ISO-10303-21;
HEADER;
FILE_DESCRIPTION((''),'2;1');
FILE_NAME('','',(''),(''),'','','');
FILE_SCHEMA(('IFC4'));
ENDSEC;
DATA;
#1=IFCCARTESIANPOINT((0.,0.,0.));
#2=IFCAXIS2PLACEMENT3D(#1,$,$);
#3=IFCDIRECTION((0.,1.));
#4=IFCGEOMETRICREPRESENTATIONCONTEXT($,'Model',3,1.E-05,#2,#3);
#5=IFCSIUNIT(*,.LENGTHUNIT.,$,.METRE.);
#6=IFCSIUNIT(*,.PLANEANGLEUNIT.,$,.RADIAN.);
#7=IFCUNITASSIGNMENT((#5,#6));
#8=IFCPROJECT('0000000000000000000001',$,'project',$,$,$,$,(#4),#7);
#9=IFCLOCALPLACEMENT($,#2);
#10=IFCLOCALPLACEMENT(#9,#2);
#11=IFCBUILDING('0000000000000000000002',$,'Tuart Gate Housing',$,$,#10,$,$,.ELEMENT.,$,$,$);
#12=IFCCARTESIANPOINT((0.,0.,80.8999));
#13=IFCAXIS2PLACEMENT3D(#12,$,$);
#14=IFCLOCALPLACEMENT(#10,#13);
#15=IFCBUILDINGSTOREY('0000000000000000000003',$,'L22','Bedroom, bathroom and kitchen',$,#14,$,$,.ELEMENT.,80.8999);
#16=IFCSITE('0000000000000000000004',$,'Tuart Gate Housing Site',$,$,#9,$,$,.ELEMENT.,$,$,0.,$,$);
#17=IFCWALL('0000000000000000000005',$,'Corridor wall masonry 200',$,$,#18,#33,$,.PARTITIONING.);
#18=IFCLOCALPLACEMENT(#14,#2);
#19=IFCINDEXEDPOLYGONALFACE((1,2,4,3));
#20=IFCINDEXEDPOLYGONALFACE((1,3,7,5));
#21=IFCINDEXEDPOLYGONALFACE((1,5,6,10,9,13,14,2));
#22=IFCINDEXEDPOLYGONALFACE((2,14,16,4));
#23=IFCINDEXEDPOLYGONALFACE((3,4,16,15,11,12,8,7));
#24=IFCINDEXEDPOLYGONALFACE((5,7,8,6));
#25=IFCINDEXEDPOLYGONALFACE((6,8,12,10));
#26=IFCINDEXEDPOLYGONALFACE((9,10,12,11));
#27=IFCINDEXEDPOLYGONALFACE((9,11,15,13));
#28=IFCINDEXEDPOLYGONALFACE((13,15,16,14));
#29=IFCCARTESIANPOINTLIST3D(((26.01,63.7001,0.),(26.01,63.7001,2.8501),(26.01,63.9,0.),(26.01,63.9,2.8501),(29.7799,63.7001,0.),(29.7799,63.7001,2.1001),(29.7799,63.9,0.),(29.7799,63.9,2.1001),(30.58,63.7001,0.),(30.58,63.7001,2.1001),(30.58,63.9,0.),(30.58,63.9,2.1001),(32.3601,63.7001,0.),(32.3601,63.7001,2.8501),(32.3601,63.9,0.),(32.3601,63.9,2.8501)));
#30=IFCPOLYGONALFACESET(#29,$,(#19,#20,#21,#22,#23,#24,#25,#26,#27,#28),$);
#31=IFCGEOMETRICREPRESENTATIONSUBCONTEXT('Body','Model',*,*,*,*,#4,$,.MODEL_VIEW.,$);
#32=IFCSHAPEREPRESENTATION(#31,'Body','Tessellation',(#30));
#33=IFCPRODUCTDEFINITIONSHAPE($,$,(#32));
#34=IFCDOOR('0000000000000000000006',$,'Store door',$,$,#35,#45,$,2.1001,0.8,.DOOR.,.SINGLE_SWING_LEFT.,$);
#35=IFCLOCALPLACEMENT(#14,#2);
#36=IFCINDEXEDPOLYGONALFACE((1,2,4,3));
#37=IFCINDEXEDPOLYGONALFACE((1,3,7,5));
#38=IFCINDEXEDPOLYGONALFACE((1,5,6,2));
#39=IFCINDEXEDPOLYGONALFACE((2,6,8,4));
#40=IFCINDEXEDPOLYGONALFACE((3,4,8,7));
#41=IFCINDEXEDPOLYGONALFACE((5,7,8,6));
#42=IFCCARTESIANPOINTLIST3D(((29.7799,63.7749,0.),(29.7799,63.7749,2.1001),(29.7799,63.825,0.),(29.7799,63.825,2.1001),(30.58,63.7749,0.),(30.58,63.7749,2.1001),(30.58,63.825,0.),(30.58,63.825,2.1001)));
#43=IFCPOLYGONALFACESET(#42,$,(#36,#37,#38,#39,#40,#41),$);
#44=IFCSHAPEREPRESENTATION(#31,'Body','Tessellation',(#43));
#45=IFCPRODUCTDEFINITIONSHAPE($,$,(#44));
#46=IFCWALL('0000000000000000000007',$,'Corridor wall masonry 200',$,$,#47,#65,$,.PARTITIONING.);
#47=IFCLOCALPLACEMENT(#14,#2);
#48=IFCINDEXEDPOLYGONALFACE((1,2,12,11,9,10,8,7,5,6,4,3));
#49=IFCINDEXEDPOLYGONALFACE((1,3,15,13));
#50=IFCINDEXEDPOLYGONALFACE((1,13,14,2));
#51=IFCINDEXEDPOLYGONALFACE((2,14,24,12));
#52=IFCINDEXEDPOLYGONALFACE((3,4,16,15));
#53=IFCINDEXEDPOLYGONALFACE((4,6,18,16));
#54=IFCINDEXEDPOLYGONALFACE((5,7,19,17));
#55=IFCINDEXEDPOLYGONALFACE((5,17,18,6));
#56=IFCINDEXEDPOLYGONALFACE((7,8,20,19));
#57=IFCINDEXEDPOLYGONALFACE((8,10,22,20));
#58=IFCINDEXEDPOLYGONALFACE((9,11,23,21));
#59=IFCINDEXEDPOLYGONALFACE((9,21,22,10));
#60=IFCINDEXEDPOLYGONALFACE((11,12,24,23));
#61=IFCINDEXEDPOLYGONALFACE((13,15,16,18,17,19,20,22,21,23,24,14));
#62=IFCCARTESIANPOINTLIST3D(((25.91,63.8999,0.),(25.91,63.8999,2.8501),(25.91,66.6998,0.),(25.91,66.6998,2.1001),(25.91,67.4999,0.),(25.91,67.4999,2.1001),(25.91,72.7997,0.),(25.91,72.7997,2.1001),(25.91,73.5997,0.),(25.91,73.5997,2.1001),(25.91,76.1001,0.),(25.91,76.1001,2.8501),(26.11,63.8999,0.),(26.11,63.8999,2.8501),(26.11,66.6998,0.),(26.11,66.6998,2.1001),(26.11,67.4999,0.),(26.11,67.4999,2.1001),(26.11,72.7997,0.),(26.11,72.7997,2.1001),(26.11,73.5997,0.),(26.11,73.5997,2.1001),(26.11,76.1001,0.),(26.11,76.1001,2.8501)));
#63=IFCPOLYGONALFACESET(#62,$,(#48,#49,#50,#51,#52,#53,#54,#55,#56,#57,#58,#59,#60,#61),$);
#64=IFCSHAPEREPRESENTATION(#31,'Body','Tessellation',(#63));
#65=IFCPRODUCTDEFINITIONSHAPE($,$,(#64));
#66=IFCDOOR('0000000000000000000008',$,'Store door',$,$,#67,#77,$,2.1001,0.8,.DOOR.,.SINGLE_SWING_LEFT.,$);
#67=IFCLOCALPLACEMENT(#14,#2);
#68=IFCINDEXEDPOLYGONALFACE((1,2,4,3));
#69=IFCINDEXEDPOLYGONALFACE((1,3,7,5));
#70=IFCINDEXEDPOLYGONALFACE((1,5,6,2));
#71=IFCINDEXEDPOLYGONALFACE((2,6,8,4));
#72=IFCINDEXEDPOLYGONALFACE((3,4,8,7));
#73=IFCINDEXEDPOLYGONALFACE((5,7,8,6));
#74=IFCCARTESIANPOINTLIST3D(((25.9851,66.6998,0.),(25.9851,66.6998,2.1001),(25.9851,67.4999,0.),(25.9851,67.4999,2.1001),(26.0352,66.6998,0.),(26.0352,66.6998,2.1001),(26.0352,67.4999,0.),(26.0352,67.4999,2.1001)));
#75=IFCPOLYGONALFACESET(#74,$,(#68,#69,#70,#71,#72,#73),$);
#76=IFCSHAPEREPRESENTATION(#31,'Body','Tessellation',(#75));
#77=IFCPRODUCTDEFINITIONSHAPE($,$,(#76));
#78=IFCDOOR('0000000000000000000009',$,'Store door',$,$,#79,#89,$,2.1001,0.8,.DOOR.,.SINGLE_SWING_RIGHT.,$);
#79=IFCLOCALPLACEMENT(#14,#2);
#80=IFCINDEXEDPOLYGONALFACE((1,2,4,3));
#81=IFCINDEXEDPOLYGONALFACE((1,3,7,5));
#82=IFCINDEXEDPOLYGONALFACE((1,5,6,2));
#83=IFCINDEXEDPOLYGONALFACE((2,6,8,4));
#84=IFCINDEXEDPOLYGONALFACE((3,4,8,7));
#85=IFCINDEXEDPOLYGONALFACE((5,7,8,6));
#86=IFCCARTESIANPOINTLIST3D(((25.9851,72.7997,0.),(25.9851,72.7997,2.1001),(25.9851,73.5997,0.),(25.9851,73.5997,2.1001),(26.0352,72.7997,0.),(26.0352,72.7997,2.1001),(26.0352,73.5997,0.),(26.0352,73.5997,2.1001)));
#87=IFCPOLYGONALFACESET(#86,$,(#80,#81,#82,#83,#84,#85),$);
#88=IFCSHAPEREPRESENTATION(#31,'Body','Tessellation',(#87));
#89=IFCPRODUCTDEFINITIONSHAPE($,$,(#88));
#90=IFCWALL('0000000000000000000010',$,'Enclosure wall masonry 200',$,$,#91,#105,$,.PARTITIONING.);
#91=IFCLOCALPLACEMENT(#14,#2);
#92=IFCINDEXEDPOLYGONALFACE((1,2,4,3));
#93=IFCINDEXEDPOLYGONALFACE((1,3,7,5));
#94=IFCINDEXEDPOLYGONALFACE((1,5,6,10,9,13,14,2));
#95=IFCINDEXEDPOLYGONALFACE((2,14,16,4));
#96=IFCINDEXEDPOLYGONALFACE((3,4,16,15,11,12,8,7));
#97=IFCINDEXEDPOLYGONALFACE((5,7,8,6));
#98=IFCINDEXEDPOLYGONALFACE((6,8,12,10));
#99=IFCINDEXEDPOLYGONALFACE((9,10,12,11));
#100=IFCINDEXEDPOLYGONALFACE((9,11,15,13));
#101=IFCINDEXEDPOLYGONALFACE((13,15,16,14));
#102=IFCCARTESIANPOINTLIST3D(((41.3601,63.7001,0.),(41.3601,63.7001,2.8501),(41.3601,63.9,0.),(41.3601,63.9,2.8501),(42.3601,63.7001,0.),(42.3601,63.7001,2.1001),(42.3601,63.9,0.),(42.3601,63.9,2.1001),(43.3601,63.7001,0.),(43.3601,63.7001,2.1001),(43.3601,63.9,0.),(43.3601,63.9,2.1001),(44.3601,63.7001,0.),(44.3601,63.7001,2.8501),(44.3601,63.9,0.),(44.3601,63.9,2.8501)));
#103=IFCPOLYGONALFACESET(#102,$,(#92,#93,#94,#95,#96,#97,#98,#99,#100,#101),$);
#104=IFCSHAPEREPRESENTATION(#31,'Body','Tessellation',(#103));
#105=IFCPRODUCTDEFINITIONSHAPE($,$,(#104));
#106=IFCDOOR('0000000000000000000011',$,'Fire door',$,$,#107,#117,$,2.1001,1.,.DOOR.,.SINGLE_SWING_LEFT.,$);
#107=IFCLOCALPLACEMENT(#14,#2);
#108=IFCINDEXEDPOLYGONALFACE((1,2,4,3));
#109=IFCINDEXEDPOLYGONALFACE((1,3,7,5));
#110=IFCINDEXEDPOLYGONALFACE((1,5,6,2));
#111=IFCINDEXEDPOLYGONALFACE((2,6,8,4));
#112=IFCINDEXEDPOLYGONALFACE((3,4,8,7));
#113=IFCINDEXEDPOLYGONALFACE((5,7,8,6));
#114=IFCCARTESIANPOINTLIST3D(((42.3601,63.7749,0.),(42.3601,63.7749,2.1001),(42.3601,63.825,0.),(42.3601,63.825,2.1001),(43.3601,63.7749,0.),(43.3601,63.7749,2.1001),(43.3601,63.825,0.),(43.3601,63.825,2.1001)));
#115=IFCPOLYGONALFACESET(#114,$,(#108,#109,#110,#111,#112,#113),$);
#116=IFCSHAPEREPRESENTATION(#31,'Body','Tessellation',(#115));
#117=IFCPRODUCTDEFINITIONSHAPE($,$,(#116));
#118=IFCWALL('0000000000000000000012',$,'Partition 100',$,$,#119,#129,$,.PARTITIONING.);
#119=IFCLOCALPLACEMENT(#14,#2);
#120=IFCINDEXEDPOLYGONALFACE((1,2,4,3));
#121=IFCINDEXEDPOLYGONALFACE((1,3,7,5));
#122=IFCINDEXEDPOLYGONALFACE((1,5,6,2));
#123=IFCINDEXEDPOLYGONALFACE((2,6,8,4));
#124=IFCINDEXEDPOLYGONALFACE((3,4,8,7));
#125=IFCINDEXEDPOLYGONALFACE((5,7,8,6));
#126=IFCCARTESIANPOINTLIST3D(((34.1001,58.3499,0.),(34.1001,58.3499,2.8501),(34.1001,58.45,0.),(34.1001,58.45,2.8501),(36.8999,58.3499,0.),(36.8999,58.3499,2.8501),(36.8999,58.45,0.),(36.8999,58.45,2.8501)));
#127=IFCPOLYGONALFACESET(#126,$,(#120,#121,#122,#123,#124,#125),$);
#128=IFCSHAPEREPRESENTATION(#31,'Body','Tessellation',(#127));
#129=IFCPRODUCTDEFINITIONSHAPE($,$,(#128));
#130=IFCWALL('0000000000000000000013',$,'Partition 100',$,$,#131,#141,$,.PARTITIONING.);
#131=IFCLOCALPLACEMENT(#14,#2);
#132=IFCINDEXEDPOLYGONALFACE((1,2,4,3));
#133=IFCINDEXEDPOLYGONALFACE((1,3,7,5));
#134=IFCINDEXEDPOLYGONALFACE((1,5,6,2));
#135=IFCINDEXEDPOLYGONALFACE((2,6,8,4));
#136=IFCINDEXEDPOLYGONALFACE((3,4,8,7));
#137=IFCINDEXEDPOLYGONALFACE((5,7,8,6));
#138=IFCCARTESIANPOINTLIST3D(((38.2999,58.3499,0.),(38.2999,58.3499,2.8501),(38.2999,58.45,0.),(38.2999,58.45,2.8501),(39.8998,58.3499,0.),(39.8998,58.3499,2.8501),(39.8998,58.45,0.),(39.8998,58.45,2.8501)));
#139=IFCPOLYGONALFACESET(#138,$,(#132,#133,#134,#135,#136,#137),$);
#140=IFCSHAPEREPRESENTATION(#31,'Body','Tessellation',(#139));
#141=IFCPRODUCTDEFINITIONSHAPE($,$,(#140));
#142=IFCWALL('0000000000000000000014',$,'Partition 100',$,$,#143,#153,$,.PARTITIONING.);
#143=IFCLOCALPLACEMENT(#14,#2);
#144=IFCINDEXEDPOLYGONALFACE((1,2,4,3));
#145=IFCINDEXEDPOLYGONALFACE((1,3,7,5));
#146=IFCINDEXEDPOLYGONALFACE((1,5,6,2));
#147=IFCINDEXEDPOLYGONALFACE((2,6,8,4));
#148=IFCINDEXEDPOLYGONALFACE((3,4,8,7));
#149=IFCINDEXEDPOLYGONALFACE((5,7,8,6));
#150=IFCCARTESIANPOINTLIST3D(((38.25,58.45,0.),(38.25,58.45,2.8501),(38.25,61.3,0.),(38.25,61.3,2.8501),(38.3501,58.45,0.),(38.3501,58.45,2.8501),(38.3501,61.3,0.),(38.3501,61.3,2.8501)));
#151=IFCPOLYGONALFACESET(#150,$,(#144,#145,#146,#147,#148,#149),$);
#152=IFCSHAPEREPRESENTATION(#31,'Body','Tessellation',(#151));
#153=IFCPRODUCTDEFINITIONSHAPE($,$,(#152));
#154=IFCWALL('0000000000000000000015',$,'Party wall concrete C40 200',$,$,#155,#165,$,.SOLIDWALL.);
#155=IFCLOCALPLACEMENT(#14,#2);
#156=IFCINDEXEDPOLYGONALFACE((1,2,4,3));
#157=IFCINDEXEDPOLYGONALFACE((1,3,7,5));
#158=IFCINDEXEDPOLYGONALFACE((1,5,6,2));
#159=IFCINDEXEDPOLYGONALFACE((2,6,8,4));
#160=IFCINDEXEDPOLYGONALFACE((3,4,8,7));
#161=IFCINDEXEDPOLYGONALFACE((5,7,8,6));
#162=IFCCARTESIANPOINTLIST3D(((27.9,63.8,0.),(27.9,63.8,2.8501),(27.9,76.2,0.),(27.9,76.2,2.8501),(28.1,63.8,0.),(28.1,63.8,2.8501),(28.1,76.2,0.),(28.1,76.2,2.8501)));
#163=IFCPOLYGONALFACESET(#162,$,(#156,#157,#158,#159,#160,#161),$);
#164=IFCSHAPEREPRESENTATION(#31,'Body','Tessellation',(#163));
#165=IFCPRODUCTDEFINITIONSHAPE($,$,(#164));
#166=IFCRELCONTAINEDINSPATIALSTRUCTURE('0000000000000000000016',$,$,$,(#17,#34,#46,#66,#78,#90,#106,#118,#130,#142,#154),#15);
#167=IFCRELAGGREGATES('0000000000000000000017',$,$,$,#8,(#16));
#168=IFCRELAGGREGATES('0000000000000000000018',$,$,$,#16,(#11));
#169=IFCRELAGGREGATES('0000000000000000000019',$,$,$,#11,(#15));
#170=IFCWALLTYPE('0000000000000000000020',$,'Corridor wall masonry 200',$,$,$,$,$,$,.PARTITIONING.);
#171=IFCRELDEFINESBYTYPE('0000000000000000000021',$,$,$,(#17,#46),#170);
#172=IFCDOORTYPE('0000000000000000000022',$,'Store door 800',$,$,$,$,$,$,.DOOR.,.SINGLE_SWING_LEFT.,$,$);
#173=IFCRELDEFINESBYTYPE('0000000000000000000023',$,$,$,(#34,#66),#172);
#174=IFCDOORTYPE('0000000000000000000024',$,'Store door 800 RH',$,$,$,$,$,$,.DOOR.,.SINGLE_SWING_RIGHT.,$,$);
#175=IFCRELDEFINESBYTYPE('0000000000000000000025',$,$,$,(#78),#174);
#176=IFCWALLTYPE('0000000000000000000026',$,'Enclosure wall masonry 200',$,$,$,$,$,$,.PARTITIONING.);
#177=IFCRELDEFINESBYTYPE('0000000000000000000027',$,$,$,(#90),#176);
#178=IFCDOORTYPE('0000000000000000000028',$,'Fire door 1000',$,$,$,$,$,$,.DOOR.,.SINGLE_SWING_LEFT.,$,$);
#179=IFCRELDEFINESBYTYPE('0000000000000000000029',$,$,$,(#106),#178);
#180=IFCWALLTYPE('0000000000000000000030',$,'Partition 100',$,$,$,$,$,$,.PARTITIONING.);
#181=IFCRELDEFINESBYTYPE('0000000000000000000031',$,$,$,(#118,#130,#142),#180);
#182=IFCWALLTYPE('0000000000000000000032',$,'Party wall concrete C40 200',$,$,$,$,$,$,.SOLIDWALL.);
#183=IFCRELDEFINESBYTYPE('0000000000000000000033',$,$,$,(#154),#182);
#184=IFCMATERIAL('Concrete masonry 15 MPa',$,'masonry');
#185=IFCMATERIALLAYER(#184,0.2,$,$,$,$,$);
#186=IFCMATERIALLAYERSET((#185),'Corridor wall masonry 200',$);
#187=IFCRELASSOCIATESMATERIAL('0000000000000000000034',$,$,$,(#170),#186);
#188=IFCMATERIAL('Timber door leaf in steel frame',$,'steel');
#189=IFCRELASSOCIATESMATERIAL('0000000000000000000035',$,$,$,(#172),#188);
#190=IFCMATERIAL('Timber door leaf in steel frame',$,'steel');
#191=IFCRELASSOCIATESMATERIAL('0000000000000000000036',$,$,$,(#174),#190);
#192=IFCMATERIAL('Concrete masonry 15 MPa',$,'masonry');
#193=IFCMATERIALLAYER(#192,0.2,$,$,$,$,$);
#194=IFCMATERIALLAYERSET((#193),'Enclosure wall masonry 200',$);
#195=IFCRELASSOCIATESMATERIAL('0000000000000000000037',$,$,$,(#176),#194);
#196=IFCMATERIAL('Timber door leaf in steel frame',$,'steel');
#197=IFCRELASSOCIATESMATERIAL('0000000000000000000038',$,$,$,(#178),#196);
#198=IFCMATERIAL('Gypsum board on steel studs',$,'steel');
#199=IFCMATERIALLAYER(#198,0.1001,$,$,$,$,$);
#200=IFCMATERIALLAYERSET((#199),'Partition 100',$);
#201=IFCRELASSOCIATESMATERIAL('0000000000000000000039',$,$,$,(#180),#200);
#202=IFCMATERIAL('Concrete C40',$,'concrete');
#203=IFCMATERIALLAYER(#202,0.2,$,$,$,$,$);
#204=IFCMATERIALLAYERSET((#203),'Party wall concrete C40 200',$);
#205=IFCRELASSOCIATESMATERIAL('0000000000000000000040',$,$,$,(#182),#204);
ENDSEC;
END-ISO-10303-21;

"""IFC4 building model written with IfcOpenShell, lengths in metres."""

from ifc_helpers import new_model, si_unit, direction, frame, frame_2d, origin, place, context, subcontext, project, spatial, rectangle, extrude, material, layer, layer_set, type_object, element, fill, save


model = new_model("IFC4")

# Units and contexts
model_context = context("Model", 3, precision=1e-05, world=origin(), true_north=direction((0.0, 1.0)))
body_context = subcontext(model_context, "Body", "Model", "MODEL_VIEW")
ifc_project = project(units=[si_unit("LENGTHUNIT", "METRE"), si_unit("PLANEANGLEUNIT", "RADIAN")], contexts=[model_context])

# Site, building, storey
site_placement = place(None, origin())
site = spatial("IfcSite", under=ifc_project, at=site_placement, Name="Tuart Gate Housing Site", CompositionType="ELEMENT", RefElevation=0.0)
building_placement = place(site_placement, origin())
building = spatial("IfcBuilding", under=site, at=building_placement, Name="Tuart Gate Housing", CompositionType="ELEMENT")
storey_placement = place(building_placement, frame((0.0, 0.0, 80.8999)))
storey = spatial("IfcBuildingStorey", under=building, at=storey_placement, Name="L22", Description="Bedroom, bathroom and kitchen", CompositionType="ELEMENT", Elevation=80.8999)

# Shared definitions
ifc_material_1 = material(Name="Concrete masonry 15 MPa", Category="masonry")
ifc_layer_1 = layer(ifc_material_1, 0.2)
ifc_layer_set_1 = layer_set([ifc_layer_1], Name="Corridor wall masonry 200")
wall_type_1 = type_object("IfcWallType", Name="Corridor wall masonry 200", PredefinedType="PARTITIONING", material=ifc_layer_set_1)

# Wall, opening, door
wall_1_placement = place(storey_placement, frame((26.01, 63.8, 0.0), z_axis=(0.0, 0.0, 1.0), x_axis=(1.0, 0.0, 0.0)))
wall_1 = element("IfcWall", 1, at=wall_1_placement, inside=storey, type_object=wall_type_1, Name="Corridor wall masonry 200", PredefinedType="PARTITIONING", context=body_context, shape_type="SweptSolid", body=[
    extrude(rectangle(XDim=6.3501, YDim=0.2, at=frame_2d((3.175, 0.0))), origin(), (0.0, 0.0, 1.0), 2.8501),
])
opening_1_placement = place(wall_1_placement, frame((3.77, 0.0, 0.0)))
opening_1 = element("IfcOpeningElement", 2, at=opening_1_placement, cuts=wall_1, PredefinedType="OPENING", context=body_context, shape_type="SweptSolid", body=[
    extrude(rectangle(XDim=0.8, YDim=2.1001, at=frame_2d((0.3999, 1.05))), frame((0.0, 0.1099, 0.0), z_axis=(0.0, -1.0, 0.0), x_axis=(1.0, 0.0, 0.0)), (0.0, 0.0, 1.0), 0.22),
])
ifc_material_2 = material(Name="Timber door leaf in steel frame", Category="steel")
door_type_1 = type_object("IfcDoorType", Name="Store door 800", OperationType="SINGLE_SWING_LEFT", PredefinedType="DOOR", material=ifc_material_2)
door_1_placement = place(opening_1_placement, origin())
door_1 = element("IfcDoor", 3, at=door_1_placement, inside=storey, type_object=door_type_1, Name="Store door", OperationType="SINGLE_SWING_LEFT", OverallHeight=2.1001, OverallWidth=0.8, PredefinedType="DOOR", context=body_context, shape_type="SweptSolid", body=[
    extrude(rectangle(XDim=0.8, YDim=2.1001, at=frame_2d((0.3999, 1.05))), frame((0.0, 0.0249, 0.0), z_axis=(0.0, -1.0, 0.0), x_axis=(1.0, 0.0, 0.0)), (0.0, 0.0, 1.0), 0.05),
])
fill(opening_1, door_1)

# Wall, openings, doors
wall_2_placement = place(storey_placement, frame((26.01, 63.8999, 0.0), z_axis=(0.0, 0.0, 1.0), x_axis=(0.0, 1.0, 0.0)))
wall_2 = element("IfcWall", 4, at=wall_2_placement, inside=storey, type_object=wall_type_1, Name="Corridor wall masonry 200", PredefinedType="PARTITIONING", context=body_context, shape_type="SweptSolid", body=[
    extrude(rectangle(XDim=12.2002, YDim=0.2, at=frame_2d((6.1001, 0.0))), origin(), (0.0, 0.0, 1.0), 2.8501),
])
opening_2_placement = place(wall_2_placement, frame((2.8, 0.0, 0.0)))
opening_2 = element("IfcOpeningElement", 5, at=opening_2_placement, cuts=wall_2, PredefinedType="OPENING", context=body_context, shape_type="SweptSolid", body=[
    extrude(rectangle(XDim=0.8, YDim=2.1001, at=frame_2d((0.3999, 1.05))), frame((0.0, 0.1099, 0.0), z_axis=(0.0, -1.0, 0.0), x_axis=(1.0, 0.0, 0.0)), (0.0, 0.0, 1.0), 0.22),
])
opening_3_placement = place(wall_2_placement, frame((8.8999, 0.0, 0.0)))
opening_3 = element("IfcOpeningElement", 6, at=opening_3_placement, cuts=wall_2, PredefinedType="OPENING", context=body_context, shape_type="SweptSolid", body=[
    extrude(rectangle(XDim=0.8, YDim=2.1001, at=frame_2d((0.3999, 1.05))), frame((0.0, 0.1099, 0.0), z_axis=(0.0, -1.0, 0.0), x_axis=(1.0, 0.0, 0.0)), (0.0, 0.0, 1.0), 0.22),
])
door_2_placement = place(opening_2_placement, frame((0.8, 0.0, 0.0), z_axis=(0.0, 0.0, 1.0), x_axis=(-1.0, 0.0, 0.0)))
door_2 = element("IfcDoor", 7, at=door_2_placement, inside=storey, type_object=door_type_1, Name="Store door", OperationType="SINGLE_SWING_LEFT", OverallHeight=2.1001, OverallWidth=0.8, PredefinedType="DOOR", context=body_context, shape_type="SweptSolid", body=[
    extrude(rectangle(XDim=0.8, YDim=2.1001, at=frame_2d((0.4001, 1.05))), frame((0.0, 0.0251, 0.0), z_axis=(0.0, -1.0, 0.0), x_axis=(1.0, 0.0, 0.0)), (0.0, 0.0, 1.0), 0.05),
])
fill(opening_2, door_2)
ifc_material_3 = material(Name="Timber door leaf in steel frame", Category="steel")
door_type_2 = type_object("IfcDoorType", Name="Store door 800 RH", OperationType="SINGLE_SWING_RIGHT", PredefinedType="DOOR", material=ifc_material_3)
door_3_placement = place(opening_3_placement, frame((0.8, 0.0, 0.0), z_axis=(0.0, 0.0, 1.0), x_axis=(-1.0, 0.0, 0.0)))
door_3 = element("IfcDoor", 8, at=door_3_placement, inside=storey, type_object=door_type_2, Name="Store door", OperationType="SINGLE_SWING_RIGHT", OverallHeight=2.1001, OverallWidth=0.8, PredefinedType="DOOR", context=body_context, shape_type="SweptSolid", body=[
    extrude(rectangle(XDim=0.8, YDim=2.1001, at=frame_2d((0.4001, 1.05))), frame((0.0, 0.0251, 0.0), z_axis=(0.0, -1.0, 0.0), x_axis=(1.0, 0.0, 0.0)), (0.0, 0.0, 1.0), 0.05),
])
fill(opening_3, door_3)

# Wall, opening, door
ifc_material_4 = material(Name="Concrete masonry 15 MPa", Category="masonry")
ifc_layer_2 = layer(ifc_material_4, 0.2)
ifc_layer_set_2 = layer_set([ifc_layer_2], Name="Enclosure wall masonry 200")
wall_type_2 = type_object("IfcWallType", Name="Enclosure wall masonry 200", PredefinedType="PARTITIONING", material=ifc_layer_set_2)
wall_3_placement = place(storey_placement, frame((41.3601, 63.8, 0.0), z_axis=(0.0, 0.0, 1.0), x_axis=(1.0, 0.0, 0.0)))
wall_3 = element("IfcWall", 9, at=wall_3_placement, inside=storey, type_object=wall_type_2, Name="Enclosure wall masonry 200", PredefinedType="PARTITIONING", context=body_context, shape_type="SweptSolid", body=[
    extrude(rectangle(XDim=3.0, YDim=0.2, at=frame_2d((1.5, 0.0))), origin(), (0.0, 0.0, 1.0), 2.8501),
])
opening_4_placement = place(wall_3_placement, frame((1.0, 0.0, 0.0)))
opening_4 = element("IfcOpeningElement", 10, at=opening_4_placement, cuts=wall_3, PredefinedType="OPENING", context=body_context, shape_type="SweptSolid", body=[
    extrude(rectangle(XDim=1.0, YDim=2.1001, at=frame_2d((0.5, 1.05))), frame((0.0, 0.1099, 0.0), z_axis=(0.0, -1.0, 0.0), x_axis=(1.0, 0.0, 0.0)), (0.0, 0.0, 1.0), 0.22),
])
ifc_material_5 = material(Name="Timber door leaf in steel frame", Category="steel")
door_type_3 = type_object("IfcDoorType", Name="Fire door 1000", OperationType="SINGLE_SWING_LEFT", PredefinedType="DOOR", material=ifc_material_5)
door_4_placement = place(opening_4_placement, frame((1.0, 0.0, 0.0), z_axis=(0.0, 0.0, 1.0), x_axis=(-1.0, 0.0, 0.0)))
door_4 = element("IfcDoor", 11, at=door_4_placement, inside=storey, type_object=door_type_3, Name="Fire door", OperationType="SINGLE_SWING_LEFT", OverallHeight=2.1001, OverallWidth=1.0, PredefinedType="DOOR", context=body_context, shape_type="SweptSolid", body=[
    extrude(rectangle(XDim=1.0, YDim=2.1001, at=frame_2d((0.5, 1.05))), frame((0.0, 0.0251, 0.0), z_axis=(0.0, -1.0, 0.0), x_axis=(1.0, 0.0, 0.0)), (0.0, 0.0, 1.0), 0.05),
])
fill(opening_4, door_4)

# Walls
ifc_material_6 = material(Name="Gypsum board on steel studs", Category="steel")
ifc_layer_3 = layer(ifc_material_6, 0.1001)
ifc_layer_set_3 = layer_set([ifc_layer_3], Name="Partition 100")
wall_type_3 = type_object("IfcWallType", Name="Partition 100", PredefinedType="PARTITIONING", material=ifc_layer_set_3)
wall_4_placement = place(storey_placement, frame((34.1001, 58.3999, 0.0), z_axis=(0.0, 0.0, 1.0), x_axis=(1.0, 0.0, 0.0)))
element("IfcWall", 12, at=wall_4_placement, inside=storey, type_object=wall_type_3, Name="Partition 100", PredefinedType="PARTITIONING", context=body_context, shape_type="SweptSolid", body=[
    extrude(rectangle(XDim=2.7998, YDim=0.1001, at=frame_2d((1.3999, 0.0))), origin(), (0.0, 0.0, 1.0), 2.8501),
])
wall_5_placement = place(storey_placement, frame((38.3, 58.3999, 0.0), z_axis=(0.0, 0.0, 1.0), x_axis=(1.0, 0.0, 0.0)))
element("IfcWall", 13, at=wall_5_placement, inside=storey, type_object=wall_type_3, Name="Partition 100", PredefinedType="PARTITIONING", context=body_context, shape_type="SweptSolid", body=[
    extrude(rectangle(XDim=1.5999, YDim=0.1001, at=frame_2d((0.7998, 0.0))), origin(), (0.0, 0.0, 1.0), 2.8501),
])
wall_6_placement = place(storey_placement, frame((38.3, 58.45, 0.0), z_axis=(0.0, 0.0, 1.0), x_axis=(0.0, 1.0, 0.0)))
element("IfcWall", 14, at=wall_6_placement, inside=storey, type_object=wall_type_3, Name="Partition 100", PredefinedType="PARTITIONING", context=body_context, shape_type="SweptSolid", body=[
    extrude(rectangle(XDim=2.8501, YDim=0.1001, at=frame_2d((1.425, 0.0))), origin(), (0.0, 0.0, 1.0), 2.8501),
])
ifc_material_7 = material(Name="Concrete C40", Category="concrete")
ifc_layer_4 = layer(ifc_material_7, 0.2)
ifc_layer_set_4 = layer_set([ifc_layer_4], Name="Party wall concrete C40 200")
wall_type_4 = type_object("IfcWallType", Name="Party wall concrete C40 200", PredefinedType="SOLIDWALL", material=ifc_layer_set_4)
wall_7_placement = place(storey_placement, frame((28.0, 63.8, 0.0), z_axis=(0.0, 0.0, 1.0), x_axis=(0.0, 1.0, 0.0)))
element("IfcWall", 15, at=wall_7_placement, inside=storey, type_object=wall_type_4, Name="Party wall concrete C40 200", PredefinedType="SOLIDWALL", context=body_context, shape_type="SweptSolid", body=[
    extrude(rectangle(XDim=12.3999, YDim=0.2, at=frame_2d((6.2, 0.0))), origin(), (0.0, 0.0, 1.0), 2.8501),
])

save(model, "model.ifc")
